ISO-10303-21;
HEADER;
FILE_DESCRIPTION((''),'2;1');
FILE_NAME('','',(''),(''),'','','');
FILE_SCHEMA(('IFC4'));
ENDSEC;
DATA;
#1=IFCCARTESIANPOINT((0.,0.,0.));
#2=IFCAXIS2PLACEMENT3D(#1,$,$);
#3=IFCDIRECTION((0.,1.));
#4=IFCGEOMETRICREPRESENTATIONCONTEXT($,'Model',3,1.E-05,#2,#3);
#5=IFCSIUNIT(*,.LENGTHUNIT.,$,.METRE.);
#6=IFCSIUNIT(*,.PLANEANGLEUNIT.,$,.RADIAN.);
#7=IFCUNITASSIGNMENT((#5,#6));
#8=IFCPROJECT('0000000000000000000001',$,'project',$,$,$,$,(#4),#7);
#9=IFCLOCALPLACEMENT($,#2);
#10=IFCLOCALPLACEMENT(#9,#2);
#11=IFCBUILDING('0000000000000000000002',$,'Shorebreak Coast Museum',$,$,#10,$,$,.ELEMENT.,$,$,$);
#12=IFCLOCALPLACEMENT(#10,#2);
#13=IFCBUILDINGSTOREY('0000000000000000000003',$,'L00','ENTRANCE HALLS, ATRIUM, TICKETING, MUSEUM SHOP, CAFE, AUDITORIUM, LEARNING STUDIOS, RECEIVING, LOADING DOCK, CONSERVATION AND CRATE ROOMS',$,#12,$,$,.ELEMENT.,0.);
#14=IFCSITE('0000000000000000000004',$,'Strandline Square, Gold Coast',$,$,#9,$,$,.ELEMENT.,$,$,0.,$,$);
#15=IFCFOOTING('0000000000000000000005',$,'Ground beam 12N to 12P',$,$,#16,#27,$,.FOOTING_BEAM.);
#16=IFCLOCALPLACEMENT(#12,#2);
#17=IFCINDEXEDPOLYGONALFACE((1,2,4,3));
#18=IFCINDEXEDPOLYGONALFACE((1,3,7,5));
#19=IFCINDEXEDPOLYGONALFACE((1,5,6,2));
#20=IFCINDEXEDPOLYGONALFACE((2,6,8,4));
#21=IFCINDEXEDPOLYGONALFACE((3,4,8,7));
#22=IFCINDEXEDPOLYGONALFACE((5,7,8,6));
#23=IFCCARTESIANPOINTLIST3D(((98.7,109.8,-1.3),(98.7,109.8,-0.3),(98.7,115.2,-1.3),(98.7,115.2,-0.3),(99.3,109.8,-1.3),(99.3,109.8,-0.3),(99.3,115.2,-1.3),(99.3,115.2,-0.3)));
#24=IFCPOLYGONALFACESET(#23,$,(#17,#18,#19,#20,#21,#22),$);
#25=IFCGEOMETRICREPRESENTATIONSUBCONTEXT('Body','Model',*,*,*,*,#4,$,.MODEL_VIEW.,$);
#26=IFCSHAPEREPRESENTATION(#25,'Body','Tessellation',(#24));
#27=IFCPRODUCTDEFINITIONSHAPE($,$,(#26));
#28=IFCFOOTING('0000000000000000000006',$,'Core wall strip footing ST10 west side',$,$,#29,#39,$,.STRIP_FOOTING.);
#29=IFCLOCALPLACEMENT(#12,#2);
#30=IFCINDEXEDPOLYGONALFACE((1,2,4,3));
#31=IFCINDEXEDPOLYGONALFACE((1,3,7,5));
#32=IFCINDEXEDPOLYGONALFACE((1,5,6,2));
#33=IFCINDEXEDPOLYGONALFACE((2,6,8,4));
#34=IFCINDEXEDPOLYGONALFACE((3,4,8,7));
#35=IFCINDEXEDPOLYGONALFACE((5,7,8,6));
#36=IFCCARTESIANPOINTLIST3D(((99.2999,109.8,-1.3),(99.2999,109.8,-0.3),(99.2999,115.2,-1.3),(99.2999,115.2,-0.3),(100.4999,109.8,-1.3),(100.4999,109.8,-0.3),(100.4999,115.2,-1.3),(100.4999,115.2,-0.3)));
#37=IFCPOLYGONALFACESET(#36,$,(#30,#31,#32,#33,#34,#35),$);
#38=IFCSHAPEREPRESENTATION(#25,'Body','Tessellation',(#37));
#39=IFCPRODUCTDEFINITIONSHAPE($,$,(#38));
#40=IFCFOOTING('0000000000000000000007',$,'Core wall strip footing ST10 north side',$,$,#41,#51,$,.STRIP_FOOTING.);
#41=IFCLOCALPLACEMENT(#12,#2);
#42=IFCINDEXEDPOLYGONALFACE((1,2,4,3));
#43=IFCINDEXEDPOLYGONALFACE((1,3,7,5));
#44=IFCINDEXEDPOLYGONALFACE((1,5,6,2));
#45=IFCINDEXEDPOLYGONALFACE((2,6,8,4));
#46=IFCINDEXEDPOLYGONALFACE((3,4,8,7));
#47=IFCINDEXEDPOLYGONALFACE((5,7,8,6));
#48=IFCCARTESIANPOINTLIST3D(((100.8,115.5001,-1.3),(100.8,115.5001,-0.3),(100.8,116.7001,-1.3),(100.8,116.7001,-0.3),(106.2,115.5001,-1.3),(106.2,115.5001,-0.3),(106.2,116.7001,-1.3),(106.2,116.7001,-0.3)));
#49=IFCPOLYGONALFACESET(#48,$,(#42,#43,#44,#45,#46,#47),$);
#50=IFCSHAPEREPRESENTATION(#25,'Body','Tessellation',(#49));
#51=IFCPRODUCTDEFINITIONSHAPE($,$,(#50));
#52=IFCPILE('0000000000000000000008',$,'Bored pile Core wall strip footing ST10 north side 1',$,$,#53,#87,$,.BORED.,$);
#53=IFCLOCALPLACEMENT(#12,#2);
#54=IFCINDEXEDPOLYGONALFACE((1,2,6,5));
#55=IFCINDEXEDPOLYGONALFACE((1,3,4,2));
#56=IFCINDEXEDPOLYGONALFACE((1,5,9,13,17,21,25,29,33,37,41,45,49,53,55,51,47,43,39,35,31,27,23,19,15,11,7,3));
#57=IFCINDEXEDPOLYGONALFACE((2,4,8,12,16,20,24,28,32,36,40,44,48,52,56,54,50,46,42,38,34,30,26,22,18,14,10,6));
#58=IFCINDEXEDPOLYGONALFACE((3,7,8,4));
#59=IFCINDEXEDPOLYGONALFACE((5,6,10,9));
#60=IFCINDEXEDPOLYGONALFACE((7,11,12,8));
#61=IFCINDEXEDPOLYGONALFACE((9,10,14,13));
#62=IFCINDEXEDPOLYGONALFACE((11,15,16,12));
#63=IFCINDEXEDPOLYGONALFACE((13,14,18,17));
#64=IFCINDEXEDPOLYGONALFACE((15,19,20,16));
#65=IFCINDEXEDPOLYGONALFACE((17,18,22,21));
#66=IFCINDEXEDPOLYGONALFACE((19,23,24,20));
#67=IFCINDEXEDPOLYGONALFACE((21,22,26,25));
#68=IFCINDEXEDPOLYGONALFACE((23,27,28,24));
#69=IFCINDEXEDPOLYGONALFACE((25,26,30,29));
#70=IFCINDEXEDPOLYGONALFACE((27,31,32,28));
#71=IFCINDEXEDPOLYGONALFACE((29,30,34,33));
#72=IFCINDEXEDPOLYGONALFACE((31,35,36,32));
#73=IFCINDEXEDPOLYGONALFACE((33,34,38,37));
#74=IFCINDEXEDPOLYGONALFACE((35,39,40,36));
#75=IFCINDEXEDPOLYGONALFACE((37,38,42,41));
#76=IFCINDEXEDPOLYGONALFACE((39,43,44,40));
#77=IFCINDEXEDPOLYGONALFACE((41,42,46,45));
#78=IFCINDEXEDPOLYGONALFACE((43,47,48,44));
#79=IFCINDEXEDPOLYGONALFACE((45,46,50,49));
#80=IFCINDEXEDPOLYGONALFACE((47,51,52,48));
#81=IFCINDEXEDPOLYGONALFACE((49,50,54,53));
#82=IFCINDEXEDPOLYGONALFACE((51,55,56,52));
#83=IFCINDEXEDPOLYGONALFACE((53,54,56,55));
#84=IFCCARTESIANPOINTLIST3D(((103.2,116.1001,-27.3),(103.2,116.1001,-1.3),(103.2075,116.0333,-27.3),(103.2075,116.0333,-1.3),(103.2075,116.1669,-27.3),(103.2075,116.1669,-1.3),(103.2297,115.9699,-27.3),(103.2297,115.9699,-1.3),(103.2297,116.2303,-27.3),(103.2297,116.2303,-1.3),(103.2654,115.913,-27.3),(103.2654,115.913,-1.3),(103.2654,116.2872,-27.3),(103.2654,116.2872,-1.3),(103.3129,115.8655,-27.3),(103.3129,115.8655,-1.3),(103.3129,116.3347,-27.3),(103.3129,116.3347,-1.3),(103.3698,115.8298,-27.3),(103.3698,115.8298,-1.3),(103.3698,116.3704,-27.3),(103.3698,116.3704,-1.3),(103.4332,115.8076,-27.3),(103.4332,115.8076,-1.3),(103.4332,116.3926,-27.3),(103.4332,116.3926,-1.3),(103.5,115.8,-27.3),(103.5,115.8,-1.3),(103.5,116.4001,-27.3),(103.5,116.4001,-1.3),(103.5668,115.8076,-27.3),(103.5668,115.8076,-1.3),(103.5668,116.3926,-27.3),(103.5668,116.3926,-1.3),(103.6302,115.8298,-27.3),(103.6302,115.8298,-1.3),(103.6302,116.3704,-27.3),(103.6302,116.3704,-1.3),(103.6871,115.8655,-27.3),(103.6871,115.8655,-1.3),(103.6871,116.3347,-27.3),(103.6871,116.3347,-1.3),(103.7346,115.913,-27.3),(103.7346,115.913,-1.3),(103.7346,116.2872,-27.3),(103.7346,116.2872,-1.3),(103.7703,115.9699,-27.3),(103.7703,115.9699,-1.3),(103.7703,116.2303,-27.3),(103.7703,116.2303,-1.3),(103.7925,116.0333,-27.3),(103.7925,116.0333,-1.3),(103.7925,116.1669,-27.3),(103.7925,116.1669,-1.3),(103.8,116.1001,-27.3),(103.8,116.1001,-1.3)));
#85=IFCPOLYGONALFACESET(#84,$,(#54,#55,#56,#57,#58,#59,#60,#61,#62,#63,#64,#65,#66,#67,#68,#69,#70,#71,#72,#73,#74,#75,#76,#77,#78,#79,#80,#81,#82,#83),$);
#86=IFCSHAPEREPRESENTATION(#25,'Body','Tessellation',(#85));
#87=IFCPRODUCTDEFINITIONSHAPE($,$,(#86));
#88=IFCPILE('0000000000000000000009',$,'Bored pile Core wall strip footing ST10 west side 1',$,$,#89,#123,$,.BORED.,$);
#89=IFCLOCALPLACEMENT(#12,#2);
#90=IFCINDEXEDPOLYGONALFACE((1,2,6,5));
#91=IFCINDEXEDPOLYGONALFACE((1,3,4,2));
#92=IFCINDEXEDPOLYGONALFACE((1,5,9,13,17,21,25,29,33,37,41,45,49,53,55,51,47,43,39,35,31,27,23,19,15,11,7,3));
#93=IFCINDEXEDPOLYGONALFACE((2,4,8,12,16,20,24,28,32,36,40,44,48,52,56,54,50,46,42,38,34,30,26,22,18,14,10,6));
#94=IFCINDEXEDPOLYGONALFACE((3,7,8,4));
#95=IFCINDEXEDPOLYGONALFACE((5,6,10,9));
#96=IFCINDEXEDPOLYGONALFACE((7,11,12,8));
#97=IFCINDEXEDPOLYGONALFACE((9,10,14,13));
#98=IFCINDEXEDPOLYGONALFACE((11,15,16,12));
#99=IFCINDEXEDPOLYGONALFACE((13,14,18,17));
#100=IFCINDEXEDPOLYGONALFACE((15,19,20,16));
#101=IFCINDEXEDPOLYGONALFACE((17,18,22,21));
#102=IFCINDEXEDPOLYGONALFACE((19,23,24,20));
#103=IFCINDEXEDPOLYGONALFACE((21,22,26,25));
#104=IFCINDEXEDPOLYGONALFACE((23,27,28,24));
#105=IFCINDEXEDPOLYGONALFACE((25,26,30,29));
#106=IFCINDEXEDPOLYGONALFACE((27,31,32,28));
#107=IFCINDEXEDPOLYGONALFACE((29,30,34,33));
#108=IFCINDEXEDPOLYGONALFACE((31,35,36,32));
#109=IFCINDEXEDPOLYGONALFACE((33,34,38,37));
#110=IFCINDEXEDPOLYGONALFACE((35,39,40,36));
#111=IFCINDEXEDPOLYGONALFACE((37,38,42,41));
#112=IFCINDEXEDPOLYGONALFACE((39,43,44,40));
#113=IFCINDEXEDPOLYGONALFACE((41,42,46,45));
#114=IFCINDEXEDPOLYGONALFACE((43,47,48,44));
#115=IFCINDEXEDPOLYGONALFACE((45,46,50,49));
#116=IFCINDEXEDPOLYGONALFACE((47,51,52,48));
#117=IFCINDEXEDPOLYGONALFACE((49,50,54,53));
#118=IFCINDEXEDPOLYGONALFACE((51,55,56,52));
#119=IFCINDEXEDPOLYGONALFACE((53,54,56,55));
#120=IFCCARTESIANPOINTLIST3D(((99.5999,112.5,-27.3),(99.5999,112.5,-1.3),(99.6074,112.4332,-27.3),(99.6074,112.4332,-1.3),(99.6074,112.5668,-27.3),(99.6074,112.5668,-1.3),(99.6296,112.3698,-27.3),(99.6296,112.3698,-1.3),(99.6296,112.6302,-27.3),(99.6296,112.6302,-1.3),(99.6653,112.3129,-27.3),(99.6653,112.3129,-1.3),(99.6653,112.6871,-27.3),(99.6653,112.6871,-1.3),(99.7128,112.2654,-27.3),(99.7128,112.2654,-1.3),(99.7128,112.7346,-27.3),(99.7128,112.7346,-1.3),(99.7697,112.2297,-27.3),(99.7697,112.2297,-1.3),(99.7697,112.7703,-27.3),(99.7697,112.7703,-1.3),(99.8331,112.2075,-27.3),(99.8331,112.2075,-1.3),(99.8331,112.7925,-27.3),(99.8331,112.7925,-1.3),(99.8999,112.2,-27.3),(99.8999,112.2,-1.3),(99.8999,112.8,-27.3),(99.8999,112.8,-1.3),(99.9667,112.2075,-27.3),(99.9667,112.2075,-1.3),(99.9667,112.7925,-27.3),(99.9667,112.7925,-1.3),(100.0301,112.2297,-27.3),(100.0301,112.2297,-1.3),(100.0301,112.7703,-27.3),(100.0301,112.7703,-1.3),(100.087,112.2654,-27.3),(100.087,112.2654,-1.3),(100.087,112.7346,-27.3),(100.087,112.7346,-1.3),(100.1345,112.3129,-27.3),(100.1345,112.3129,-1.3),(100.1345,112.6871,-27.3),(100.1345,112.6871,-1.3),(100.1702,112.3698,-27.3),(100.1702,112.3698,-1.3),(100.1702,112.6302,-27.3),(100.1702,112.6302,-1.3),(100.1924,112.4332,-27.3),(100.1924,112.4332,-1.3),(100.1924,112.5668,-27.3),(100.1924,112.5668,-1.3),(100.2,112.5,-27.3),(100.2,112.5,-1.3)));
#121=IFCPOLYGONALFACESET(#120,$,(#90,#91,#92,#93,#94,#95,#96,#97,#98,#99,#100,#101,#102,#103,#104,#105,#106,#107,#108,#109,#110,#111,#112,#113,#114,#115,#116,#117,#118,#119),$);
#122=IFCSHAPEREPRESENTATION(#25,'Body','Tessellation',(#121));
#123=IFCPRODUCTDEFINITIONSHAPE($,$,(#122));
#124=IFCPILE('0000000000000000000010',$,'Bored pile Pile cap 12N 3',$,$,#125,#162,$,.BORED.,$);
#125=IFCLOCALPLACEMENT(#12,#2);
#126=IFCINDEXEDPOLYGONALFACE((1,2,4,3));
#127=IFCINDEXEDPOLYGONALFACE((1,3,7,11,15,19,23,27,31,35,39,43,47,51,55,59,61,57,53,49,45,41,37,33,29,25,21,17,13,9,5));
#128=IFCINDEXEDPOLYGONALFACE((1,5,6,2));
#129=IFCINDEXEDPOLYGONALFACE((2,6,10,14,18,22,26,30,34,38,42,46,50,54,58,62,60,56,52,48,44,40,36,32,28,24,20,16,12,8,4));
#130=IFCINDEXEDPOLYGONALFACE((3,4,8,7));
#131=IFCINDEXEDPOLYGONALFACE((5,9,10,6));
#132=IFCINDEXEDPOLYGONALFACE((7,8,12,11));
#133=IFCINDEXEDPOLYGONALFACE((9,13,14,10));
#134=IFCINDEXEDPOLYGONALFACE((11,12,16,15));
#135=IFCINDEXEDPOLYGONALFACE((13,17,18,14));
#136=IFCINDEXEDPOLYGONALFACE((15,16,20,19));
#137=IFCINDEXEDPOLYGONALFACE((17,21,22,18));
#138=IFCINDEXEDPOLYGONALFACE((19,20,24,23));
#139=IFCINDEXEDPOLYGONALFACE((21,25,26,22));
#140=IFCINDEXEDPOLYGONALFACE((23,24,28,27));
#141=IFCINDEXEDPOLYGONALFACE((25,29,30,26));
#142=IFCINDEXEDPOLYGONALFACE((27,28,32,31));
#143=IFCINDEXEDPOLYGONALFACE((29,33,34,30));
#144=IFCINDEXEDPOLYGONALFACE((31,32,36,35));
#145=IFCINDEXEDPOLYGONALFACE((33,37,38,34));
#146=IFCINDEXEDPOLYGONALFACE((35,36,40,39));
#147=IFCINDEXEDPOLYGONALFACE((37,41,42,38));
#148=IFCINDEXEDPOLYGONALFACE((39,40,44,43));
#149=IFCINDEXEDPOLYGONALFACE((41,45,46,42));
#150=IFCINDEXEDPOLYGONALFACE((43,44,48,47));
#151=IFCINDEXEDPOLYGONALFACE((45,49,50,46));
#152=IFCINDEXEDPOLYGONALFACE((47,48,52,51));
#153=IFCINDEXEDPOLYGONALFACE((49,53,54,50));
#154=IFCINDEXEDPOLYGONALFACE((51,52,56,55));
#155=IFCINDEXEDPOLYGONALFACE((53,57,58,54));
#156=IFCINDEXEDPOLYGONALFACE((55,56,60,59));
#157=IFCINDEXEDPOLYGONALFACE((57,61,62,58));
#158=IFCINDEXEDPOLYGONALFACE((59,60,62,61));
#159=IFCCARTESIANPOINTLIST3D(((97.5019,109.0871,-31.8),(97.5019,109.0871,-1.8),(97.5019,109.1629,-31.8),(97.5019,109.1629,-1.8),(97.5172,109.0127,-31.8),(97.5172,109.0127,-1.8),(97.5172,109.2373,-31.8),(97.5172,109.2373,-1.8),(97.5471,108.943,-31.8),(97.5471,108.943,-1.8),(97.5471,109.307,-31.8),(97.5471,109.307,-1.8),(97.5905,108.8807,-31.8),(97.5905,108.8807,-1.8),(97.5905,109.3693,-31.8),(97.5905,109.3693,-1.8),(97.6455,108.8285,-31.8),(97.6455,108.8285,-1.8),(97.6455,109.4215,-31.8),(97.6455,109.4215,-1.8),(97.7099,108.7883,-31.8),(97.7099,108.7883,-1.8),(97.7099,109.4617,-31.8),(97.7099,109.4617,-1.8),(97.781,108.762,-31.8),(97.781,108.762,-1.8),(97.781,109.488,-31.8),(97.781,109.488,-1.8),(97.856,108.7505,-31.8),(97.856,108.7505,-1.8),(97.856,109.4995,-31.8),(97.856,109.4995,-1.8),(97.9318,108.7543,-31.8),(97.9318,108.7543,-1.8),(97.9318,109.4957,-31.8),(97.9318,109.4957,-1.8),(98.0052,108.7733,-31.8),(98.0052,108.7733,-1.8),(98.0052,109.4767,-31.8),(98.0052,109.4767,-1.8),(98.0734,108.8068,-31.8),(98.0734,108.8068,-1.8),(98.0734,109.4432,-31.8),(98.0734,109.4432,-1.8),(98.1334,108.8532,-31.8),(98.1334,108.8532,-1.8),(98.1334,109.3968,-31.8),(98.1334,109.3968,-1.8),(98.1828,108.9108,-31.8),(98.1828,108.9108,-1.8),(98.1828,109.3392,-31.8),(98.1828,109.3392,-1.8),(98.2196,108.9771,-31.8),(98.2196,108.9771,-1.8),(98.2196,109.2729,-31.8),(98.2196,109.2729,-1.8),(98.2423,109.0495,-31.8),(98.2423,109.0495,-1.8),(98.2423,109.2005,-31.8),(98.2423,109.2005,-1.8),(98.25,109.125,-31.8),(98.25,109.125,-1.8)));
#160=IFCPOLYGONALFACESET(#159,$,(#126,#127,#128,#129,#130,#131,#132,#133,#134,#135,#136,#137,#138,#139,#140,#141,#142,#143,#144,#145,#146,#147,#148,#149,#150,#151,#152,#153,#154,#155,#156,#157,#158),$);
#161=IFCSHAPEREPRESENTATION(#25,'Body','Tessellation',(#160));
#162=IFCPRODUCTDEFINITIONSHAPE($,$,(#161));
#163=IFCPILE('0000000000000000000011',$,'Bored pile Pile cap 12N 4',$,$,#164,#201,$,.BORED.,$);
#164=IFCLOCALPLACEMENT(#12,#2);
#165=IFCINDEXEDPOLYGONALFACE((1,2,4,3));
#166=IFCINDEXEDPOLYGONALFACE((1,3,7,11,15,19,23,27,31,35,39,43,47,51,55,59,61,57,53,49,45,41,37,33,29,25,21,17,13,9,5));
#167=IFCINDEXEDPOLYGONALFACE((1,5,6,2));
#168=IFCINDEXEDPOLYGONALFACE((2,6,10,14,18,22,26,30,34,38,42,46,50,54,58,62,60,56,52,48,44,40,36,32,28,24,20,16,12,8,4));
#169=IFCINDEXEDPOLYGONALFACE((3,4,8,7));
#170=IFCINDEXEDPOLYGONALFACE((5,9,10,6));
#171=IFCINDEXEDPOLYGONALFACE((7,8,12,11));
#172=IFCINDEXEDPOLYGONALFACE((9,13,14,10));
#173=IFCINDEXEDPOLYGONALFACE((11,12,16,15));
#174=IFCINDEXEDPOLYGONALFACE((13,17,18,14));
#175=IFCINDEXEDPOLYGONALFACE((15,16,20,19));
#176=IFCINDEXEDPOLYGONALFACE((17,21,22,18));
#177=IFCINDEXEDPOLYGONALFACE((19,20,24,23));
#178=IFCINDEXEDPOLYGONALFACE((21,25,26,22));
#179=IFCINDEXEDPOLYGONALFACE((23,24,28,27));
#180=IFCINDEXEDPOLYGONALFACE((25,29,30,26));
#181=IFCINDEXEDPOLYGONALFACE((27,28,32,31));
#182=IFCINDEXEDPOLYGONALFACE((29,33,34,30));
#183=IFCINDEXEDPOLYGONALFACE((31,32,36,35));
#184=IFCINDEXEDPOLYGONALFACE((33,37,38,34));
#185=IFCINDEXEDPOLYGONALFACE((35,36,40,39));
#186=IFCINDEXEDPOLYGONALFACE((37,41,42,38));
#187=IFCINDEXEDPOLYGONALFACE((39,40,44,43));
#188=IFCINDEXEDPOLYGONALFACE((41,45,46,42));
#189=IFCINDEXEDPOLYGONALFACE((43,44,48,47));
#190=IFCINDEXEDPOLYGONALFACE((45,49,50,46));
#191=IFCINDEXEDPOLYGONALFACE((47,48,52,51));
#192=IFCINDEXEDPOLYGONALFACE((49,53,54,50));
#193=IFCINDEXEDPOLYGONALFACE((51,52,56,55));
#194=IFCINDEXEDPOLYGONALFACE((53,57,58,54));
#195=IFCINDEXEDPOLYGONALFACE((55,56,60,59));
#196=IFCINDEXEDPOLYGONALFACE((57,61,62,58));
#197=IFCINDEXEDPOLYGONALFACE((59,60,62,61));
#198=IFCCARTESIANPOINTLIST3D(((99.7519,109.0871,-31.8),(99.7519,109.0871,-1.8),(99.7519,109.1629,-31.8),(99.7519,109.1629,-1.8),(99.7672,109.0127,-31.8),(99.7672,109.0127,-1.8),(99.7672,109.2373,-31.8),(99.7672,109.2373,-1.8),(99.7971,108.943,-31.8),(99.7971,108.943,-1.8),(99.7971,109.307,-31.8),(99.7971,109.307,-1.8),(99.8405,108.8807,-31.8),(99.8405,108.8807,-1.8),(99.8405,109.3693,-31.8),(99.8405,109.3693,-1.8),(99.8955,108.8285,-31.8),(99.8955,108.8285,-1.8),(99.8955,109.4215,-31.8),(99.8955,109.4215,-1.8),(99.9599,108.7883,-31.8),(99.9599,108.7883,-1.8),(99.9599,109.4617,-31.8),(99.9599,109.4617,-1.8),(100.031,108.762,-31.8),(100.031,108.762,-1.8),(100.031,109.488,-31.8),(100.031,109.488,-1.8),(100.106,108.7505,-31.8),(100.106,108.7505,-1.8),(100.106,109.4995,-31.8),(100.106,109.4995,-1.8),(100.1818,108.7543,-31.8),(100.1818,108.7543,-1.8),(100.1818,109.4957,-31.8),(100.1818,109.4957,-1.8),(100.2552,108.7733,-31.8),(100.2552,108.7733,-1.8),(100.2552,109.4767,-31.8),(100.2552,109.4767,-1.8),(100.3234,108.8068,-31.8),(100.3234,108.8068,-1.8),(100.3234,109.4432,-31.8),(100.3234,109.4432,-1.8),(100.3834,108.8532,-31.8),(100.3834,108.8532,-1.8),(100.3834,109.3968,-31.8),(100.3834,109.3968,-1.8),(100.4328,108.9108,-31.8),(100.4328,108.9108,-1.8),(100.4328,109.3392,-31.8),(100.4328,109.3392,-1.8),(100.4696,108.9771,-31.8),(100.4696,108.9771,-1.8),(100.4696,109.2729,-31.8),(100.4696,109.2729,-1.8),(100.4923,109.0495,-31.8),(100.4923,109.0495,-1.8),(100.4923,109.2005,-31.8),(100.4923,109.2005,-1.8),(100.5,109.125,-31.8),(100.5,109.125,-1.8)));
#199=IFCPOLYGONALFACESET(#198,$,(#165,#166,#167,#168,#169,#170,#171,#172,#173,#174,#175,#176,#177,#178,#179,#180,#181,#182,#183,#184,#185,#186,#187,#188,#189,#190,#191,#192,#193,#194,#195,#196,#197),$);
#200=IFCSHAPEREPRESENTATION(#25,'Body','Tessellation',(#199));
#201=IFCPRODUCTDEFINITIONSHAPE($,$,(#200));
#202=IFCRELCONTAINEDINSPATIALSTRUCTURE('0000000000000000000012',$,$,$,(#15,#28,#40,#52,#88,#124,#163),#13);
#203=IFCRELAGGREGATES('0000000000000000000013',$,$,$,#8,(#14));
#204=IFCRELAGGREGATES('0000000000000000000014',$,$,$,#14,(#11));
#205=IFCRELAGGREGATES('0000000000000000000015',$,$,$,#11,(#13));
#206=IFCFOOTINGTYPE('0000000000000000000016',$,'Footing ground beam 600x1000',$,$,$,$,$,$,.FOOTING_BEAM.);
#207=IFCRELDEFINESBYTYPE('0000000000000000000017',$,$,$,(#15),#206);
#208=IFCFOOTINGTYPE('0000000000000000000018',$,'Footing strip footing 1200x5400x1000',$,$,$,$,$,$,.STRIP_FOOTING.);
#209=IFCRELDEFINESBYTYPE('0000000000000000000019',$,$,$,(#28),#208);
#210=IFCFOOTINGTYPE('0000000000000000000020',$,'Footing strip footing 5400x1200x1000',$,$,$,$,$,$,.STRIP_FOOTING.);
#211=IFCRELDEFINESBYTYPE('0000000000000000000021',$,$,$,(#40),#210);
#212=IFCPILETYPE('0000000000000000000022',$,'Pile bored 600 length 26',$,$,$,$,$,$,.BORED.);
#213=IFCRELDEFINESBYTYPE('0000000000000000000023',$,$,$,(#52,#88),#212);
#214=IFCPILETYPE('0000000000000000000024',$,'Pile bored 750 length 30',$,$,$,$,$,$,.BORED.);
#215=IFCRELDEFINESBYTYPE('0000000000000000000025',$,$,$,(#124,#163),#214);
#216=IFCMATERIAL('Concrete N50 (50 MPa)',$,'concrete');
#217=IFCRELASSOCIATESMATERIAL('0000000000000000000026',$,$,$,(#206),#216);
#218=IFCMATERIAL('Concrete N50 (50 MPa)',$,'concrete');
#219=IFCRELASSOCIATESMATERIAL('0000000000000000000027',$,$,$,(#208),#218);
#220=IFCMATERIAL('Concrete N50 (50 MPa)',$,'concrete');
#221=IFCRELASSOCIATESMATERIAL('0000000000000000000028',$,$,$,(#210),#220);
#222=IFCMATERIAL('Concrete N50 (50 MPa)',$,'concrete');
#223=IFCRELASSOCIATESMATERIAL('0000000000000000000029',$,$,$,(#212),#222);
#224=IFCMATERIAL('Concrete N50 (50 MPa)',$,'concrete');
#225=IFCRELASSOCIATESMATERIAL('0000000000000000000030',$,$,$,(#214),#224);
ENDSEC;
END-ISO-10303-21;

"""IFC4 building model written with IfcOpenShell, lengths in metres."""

from ifc_helpers import new_model, si_unit, direction, frame, origin, origin_2d, place, context, subcontext, project, spatial, rectangle, circle, extrude, material, material_profile, profile_set, type_object, element, save


model = new_model("IFC4")

# Units and contexts
model_context = context("Model", 3, precision=1e-05, world=origin(), true_north=direction((0.0, 1.0)))
body_context = subcontext(model_context, "Body", "Model", "MODEL_VIEW")
ifc_project = project(units=[si_unit("LENGTHUNIT", "METRE"), si_unit("PLANEANGLEUNIT", "RADIAN")], contexts=[model_context])

# Site, building, storey
site_placement = place(None, origin())
site = spatial("IfcSite", under=ifc_project, at=site_placement, Name="Strandline Square, Gold Coast", CompositionType="ELEMENT", RefElevation=0.0)
building_placement = place(site_placement, origin())
building = spatial("IfcBuilding", under=site, at=building_placement, Name="Shorebreak Coast Museum", CompositionType="ELEMENT")
storey_placement = place(building_placement, origin())
storey = spatial("IfcBuildingStorey", under=building, at=storey_placement, Name="L00", Description="ENTRANCE HALLS, ATRIUM, TICKETING, MUSEUM SHOP, CAFE, AUDITORIUM, LEARNING STUDIOS, RECEIVING, LOADING DOCK, CONSERVATION AND CRATE ROOMS", CompositionType="ELEMENT", Elevation=0.0)

# Footings
ifc_material_1 = material(Name="Concrete N50 (50 MPa)", Category="concrete")
footing_type_1 = type_object("IfcFootingType", Name="Footing ground beam 600x1000", PredefinedType="FOOTING_BEAM", material=ifc_material_1)
footing_1_placement = place(storey_placement, frame((99.0, 112.5, -1.3), z_axis=(0.0, 0.0, 1.0), x_axis=(1.0, 0.0, 0.0)))
element("IfcFooting", 1, at=footing_1_placement, inside=storey, type_object=footing_type_1, Name="Ground beam 12N to 12P", PredefinedType="FOOTING_BEAM", context=body_context, shape_type="SweptSolid", body=[
    extrude(rectangle(XDim=0.6001, YDim=5.3999, at=origin_2d()), origin(), (0.0, 0.0, 1.0), 1.0),
])
ifc_material_2 = material(Name="Concrete N50 (50 MPa)", Category="concrete")
footing_type_2 = type_object("IfcFootingType", Name="Footing strip footing 1200x5400x1000", PredefinedType="STRIP_FOOTING", material=ifc_material_2)
footing_2_placement = place(storey_placement, frame((99.8999, 112.5, -1.3), z_axis=(0.0, 0.0, 1.0), x_axis=(1.0, 0.0, 0.0)))
element("IfcFooting", 2, at=footing_2_placement, inside=storey, type_object=footing_type_2, Name="Core wall strip footing ST10 west side", PredefinedType="STRIP_FOOTING", context=body_context, shape_type="SweptSolid", body=[
    extrude(rectangle(XDim=1.2, YDim=5.3999, at=origin_2d()), origin(), (0.0, 0.0, 1.0), 1.0),
])
ifc_material_3 = material(Name="Concrete N50 (50 MPa)", Category="concrete")
footing_type_3 = type_object("IfcFootingType", Name="Footing strip footing 5400x1200x1000", PredefinedType="STRIP_FOOTING", material=ifc_material_3)
footing_3_placement = place(storey_placement, frame((103.5, 116.1001, -1.3), z_axis=(0.0, 0.0, 1.0), x_axis=(1.0, 0.0, 0.0)))
element("IfcFooting", 3, at=footing_3_placement, inside=storey, type_object=footing_type_3, Name="Core wall strip footing ST10 north side", PredefinedType="STRIP_FOOTING", context=body_context, shape_type="SweptSolid", body=[
    extrude(rectangle(XDim=5.3999, YDim=1.2, at=origin_2d()), origin(), (0.0, 0.0, 1.0), 1.0),
])

# Piles
ifc_material_4 = material(Name="Concrete N50 (50 MPa)", Category="concrete")
ifc_material_profile_1 = material_profile(ifc_material_4, circle(Radius=0.3, at=origin_2d()), Name="Pile bored 600 length 26")
ifc_profile_set_1 = profile_set([ifc_material_profile_1], Name="Concrete N50 (50 MPa)")
pile_type_1 = type_object("IfcPileType", Name="Pile bored 600 length 26", PredefinedType="BORED", material=ifc_profile_set_1)
for number, where, z_axis, x_axis, name in (
    (4, (103.5, 116.1001, -1.3), (0.0, 0.0, -1.0), (1.0, 0.0, 0.0), "Bored pile Core wall strip footing ST10 north side 1"),
    (5, (99.8999, 112.5, -1.3), (0.0, 0.0, -1.0), (1.0, 0.0, 0.0), "Bored pile Core wall strip footing ST10 west side 1"),
):
    element("IfcPile", number, at=place(storey_placement, frame(where, z_axis=z_axis, x_axis=x_axis)), inside=storey, type_object=pile_type_1, Name=name, PredefinedType="BORED", context=body_context, shape_type="SweptSolid", body=[
        extrude(circle(Radius=0.3, at=origin_2d()), origin(), (0.0, 0.0, 1.0), 26.0),
    ])
ifc_material_5 = material(Name="Concrete N50 (50 MPa)", Category="concrete")
ifc_material_profile_2 = material_profile(ifc_material_5, circle(Radius=0.375, at=origin_2d()), Name="Pile bored 750 length 30")
ifc_profile_set_2 = profile_set([ifc_material_profile_2], Name="Concrete N50 (50 MPa)")
pile_type_2 = type_object("IfcPileType", Name="Pile bored 750 length 30", PredefinedType="BORED", material=ifc_profile_set_2)
for number, where, z_axis, x_axis, name in (
    (6, (97.875, 109.125, -1.8), (0.0, 0.0, -1.0), (1.0, 0.0, 0.0), "Bored pile Pile cap 12N 3"),
    (7, (100.125, 109.125, -1.8), (0.0, 0.0, -1.0), (1.0, 0.0, 0.0), "Bored pile Pile cap 12N 4"),
):
    element("IfcPile", number, at=place(storey_placement, frame(where, z_axis=z_axis, x_axis=x_axis)), inside=storey, type_object=pile_type_2, Name=name, PredefinedType="BORED", context=body_context, shape_type="SweptSolid", body=[
        extrude(circle(Radius=0.375, at=origin_2d()), origin(), (0.0, 0.0, 1.0), 30.0),
    ])

save(model, "model.ifc")
